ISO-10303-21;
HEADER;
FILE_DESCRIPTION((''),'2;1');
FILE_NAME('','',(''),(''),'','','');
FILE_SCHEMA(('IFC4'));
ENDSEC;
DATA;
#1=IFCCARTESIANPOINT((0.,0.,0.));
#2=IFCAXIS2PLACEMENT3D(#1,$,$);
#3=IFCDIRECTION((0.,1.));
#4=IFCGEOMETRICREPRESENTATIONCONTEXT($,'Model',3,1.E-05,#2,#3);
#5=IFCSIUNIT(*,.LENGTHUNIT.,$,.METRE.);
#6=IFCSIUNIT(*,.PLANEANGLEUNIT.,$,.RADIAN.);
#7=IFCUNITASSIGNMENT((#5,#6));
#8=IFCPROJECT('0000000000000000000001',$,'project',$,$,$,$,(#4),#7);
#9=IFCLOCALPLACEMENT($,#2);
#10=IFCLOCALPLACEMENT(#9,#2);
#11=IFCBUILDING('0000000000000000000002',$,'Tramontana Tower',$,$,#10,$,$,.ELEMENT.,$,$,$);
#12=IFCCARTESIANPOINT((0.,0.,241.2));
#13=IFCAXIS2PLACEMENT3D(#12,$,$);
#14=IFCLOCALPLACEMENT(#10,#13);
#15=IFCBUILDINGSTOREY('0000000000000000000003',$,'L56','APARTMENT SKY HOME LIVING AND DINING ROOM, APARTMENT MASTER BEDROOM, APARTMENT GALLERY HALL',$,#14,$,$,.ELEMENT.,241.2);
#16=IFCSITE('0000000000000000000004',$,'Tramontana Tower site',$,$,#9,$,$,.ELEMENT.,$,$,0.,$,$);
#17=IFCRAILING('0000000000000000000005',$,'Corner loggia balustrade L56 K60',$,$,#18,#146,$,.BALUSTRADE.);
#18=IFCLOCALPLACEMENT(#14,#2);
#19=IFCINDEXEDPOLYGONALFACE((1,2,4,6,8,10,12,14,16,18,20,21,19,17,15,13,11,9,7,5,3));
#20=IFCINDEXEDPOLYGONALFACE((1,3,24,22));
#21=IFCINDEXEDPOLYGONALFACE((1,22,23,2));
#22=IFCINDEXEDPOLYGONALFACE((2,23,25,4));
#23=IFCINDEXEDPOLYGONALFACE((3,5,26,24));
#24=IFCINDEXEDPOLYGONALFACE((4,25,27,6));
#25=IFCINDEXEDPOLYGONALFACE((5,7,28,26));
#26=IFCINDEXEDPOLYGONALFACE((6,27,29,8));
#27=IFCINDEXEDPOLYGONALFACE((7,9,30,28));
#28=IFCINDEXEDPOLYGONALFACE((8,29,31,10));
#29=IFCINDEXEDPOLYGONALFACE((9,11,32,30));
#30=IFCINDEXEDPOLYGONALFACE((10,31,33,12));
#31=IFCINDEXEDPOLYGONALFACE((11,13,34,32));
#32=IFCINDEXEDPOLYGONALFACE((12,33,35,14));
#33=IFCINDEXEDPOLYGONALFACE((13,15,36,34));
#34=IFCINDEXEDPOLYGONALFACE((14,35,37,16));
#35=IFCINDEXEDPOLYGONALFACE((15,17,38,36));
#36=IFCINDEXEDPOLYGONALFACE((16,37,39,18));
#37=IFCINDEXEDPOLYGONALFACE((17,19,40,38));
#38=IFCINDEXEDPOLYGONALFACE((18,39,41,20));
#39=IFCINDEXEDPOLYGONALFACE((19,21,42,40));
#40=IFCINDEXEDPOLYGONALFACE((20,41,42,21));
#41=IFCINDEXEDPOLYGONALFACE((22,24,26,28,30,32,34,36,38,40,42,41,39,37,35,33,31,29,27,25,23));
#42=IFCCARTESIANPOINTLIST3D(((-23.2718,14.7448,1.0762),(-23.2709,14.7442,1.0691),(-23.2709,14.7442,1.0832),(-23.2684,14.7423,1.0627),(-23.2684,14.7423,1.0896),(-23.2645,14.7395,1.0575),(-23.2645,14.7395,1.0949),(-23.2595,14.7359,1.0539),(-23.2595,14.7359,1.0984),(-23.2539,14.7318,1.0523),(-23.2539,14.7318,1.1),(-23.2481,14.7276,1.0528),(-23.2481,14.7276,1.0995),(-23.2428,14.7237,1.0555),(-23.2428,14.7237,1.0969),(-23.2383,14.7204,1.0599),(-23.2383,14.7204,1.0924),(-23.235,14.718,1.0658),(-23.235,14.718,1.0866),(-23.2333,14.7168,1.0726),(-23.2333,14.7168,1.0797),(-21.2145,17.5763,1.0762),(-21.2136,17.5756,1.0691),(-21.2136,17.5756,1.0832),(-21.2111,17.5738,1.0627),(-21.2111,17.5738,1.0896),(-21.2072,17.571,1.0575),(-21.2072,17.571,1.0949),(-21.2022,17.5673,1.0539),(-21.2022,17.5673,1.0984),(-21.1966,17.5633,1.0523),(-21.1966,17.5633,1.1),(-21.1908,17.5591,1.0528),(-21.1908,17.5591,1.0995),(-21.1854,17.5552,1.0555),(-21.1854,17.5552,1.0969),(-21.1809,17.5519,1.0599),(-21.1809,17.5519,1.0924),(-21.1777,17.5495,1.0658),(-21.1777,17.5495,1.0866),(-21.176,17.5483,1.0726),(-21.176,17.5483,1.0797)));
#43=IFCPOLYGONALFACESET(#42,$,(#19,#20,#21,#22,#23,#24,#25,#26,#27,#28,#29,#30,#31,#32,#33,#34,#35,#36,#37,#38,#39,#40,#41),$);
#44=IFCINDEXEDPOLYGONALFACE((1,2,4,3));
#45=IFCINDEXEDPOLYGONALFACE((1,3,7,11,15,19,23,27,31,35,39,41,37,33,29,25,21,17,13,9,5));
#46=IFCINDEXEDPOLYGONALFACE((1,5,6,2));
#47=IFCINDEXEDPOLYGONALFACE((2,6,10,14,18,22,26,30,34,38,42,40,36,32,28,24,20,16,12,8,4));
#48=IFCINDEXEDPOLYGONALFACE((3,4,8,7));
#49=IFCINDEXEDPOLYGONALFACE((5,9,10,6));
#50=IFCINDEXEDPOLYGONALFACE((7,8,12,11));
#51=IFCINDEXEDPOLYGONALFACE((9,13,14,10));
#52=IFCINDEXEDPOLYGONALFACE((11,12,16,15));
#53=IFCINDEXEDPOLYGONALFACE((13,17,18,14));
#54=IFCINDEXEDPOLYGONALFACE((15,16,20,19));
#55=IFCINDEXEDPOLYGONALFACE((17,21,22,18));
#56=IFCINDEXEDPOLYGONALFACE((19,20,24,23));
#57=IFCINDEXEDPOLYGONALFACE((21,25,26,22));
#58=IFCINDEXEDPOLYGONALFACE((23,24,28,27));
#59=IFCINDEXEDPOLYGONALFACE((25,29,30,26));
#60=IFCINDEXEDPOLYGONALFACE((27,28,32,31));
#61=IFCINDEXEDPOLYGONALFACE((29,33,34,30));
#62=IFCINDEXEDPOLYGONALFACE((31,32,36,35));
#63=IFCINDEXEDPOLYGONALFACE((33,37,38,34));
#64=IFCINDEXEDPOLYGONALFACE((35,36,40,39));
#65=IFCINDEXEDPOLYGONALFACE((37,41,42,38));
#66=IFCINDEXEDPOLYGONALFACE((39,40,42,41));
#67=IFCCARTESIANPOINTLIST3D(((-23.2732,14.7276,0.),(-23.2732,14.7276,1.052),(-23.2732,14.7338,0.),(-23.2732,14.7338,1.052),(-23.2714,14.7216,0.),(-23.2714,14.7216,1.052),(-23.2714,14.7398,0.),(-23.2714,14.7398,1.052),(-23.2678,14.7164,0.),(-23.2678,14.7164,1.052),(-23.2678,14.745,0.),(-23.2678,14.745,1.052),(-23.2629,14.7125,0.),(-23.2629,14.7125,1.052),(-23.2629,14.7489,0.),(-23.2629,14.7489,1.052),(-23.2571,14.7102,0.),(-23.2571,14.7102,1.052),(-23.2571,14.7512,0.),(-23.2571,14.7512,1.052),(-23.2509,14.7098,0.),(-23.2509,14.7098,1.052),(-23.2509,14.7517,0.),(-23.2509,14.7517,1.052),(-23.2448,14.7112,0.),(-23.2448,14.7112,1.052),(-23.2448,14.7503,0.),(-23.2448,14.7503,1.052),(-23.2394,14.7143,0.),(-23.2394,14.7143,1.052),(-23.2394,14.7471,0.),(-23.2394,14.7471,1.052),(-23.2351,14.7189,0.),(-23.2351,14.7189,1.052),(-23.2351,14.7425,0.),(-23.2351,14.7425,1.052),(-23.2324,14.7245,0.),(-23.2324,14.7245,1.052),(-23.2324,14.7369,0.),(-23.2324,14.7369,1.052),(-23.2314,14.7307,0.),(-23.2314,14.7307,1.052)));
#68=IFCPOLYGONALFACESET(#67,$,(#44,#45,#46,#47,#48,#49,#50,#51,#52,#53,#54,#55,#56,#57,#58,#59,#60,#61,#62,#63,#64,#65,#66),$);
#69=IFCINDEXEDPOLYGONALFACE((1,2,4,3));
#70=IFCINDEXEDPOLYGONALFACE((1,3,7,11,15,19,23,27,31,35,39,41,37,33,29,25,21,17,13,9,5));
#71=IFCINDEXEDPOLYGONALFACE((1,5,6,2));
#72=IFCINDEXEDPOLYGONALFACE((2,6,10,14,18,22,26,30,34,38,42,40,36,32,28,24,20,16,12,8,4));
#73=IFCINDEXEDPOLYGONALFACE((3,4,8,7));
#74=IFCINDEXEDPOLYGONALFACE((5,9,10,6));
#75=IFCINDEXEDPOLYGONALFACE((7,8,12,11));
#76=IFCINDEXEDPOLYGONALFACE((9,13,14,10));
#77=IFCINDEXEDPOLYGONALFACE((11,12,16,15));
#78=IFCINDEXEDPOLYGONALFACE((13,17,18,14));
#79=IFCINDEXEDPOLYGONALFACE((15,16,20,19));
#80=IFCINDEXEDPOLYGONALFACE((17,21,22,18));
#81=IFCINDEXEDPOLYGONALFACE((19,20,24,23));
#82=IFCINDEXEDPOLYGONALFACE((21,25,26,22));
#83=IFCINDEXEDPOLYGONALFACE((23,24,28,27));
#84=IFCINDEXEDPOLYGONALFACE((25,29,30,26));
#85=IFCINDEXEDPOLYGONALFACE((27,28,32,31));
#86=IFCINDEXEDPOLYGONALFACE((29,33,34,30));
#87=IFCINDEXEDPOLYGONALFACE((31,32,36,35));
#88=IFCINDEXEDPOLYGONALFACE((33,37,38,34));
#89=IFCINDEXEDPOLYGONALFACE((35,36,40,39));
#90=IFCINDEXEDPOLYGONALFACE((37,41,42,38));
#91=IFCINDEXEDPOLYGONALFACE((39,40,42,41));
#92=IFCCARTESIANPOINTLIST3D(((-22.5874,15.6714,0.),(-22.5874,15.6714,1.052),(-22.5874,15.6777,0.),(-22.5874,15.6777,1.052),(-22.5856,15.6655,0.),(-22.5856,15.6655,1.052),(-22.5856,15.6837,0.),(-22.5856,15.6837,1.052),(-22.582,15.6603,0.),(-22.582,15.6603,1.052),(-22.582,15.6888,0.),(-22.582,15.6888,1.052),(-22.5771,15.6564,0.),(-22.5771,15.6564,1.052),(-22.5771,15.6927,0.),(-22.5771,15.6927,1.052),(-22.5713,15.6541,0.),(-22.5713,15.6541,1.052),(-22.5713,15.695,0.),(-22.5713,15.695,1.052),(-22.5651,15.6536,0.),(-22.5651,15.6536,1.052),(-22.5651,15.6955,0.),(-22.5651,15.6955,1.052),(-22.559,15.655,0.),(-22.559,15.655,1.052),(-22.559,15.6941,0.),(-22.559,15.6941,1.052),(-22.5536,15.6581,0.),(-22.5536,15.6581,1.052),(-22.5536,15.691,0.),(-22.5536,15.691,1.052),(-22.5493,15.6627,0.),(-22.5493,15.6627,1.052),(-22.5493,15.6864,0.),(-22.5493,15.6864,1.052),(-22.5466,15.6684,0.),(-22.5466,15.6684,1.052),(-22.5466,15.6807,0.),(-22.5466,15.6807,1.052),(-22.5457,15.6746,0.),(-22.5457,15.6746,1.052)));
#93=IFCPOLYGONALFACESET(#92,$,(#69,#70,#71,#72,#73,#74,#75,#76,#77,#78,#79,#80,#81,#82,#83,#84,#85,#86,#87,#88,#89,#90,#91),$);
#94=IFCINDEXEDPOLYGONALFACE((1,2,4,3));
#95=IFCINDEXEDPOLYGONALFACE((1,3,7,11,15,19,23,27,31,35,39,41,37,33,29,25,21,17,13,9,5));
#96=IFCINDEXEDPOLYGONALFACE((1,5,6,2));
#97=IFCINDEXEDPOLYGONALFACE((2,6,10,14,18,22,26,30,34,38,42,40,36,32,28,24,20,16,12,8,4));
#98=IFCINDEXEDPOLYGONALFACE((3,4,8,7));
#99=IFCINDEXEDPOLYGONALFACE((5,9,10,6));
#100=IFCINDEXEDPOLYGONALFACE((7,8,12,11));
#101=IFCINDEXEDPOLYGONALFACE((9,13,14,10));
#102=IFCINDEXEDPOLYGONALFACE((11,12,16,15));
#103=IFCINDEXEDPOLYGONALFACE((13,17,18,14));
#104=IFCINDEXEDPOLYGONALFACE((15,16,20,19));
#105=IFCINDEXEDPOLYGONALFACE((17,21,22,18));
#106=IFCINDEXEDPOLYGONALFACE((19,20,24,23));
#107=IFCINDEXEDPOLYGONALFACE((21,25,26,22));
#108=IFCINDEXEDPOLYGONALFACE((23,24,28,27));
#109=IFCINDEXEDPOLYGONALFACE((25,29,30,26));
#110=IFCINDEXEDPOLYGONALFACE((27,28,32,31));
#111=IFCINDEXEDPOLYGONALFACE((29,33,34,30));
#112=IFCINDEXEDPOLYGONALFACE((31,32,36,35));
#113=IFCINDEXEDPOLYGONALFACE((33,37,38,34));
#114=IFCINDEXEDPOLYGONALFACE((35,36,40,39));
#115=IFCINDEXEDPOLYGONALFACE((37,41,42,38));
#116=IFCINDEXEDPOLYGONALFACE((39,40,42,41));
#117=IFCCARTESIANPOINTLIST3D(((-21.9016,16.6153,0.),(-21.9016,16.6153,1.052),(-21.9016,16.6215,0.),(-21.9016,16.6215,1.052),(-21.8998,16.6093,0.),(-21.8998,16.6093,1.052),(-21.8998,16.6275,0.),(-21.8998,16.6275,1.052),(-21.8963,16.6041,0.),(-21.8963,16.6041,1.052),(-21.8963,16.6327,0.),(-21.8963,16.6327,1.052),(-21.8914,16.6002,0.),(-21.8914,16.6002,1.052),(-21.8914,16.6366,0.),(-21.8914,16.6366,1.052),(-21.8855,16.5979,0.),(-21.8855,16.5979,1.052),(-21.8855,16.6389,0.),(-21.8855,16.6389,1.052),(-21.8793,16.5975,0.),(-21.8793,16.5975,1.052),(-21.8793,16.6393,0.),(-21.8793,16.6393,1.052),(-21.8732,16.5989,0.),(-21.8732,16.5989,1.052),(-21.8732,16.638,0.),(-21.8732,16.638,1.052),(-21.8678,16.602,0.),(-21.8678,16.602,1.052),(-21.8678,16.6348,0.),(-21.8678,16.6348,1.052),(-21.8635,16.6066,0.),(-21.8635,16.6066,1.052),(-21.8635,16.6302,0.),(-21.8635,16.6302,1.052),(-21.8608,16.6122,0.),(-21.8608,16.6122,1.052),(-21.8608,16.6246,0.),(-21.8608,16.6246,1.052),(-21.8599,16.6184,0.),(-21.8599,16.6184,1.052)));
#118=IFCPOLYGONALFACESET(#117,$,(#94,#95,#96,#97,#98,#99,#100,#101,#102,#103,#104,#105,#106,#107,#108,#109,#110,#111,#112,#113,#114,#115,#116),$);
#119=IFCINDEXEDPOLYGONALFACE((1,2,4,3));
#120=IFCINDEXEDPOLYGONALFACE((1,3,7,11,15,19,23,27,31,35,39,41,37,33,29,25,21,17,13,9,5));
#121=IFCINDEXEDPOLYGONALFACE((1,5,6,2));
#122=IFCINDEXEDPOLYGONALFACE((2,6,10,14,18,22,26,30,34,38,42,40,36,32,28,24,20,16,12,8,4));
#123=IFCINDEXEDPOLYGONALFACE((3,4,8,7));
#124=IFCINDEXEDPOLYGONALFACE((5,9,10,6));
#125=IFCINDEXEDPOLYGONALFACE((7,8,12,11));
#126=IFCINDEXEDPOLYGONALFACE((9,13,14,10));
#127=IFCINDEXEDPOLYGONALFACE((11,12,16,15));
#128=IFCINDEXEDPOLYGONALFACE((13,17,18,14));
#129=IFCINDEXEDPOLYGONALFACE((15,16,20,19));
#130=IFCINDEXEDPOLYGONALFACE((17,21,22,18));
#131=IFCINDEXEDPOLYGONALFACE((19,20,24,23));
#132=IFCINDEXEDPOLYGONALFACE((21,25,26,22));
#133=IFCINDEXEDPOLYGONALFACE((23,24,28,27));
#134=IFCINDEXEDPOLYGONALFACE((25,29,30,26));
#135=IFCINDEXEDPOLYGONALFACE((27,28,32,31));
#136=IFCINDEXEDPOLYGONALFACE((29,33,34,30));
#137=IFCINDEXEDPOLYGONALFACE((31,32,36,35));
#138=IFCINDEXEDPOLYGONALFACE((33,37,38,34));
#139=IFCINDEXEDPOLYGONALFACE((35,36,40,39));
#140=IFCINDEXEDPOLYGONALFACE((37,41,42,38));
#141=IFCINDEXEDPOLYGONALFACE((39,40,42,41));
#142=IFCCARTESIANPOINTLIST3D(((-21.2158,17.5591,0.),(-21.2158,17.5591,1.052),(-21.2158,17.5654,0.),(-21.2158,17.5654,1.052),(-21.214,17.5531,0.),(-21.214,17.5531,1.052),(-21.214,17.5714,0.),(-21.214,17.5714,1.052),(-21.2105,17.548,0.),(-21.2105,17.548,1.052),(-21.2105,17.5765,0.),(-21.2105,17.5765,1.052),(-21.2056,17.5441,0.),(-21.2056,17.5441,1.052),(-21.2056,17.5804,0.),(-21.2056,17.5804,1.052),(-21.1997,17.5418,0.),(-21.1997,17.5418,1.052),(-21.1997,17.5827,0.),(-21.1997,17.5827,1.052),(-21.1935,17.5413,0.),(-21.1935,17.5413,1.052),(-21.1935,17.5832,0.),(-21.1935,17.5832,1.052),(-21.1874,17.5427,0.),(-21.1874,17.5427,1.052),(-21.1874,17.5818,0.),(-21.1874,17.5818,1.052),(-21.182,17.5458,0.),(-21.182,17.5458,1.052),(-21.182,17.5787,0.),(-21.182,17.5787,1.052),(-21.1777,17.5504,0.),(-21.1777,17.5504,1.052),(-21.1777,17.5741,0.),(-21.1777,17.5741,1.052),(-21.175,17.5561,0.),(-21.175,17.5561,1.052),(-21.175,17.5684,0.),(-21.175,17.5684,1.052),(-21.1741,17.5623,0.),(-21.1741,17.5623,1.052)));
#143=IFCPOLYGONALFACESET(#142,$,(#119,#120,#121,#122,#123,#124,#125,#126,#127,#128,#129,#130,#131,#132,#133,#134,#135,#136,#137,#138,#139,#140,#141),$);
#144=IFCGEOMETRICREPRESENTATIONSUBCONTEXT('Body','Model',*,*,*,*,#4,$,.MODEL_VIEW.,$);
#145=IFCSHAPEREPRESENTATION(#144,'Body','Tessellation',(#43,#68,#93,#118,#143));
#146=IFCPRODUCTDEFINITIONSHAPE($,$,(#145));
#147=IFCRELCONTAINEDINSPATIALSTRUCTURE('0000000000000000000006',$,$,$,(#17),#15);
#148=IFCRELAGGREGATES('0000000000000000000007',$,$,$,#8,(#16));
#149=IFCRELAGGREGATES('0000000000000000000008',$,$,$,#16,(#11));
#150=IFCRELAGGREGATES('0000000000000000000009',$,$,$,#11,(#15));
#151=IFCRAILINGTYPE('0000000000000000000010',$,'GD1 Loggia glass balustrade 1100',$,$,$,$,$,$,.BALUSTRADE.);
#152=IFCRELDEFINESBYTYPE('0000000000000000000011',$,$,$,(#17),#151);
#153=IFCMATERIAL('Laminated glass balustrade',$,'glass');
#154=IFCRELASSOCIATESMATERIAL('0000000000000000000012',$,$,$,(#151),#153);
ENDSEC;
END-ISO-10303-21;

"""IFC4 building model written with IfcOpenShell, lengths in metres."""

from ifc_helpers import new_model, si_unit, direction, frame, origin, origin_2d, place, context, subcontext, project, spatial, circle, extrude, material, type_object, element, save


model = new_model("IFC4")

# Units and contexts
model_context = context("Model", 3, precision=1e-05, world=origin(), true_north=direction((0.0, 1.0)))
body_context = subcontext(model_context, "Body", "Model", "MODEL_VIEW")
ifc_project = project(units=[si_unit("LENGTHUNIT", "METRE"), si_unit("PLANEANGLEUNIT", "RADIAN")], contexts=[model_context])

# Site, building, storey
site_placement = place(None, origin())
site = spatial("IfcSite", under=ifc_project, at=site_placement, Name="Tramontana Tower site", CompositionType="ELEMENT", RefElevation=0.0)
building_placement = place(site_placement, origin())
building = spatial("IfcBuilding", under=site, at=building_placement, Name="Tramontana Tower", CompositionType="ELEMENT")
storey_placement = place(building_placement, frame((0.0, 0.0, 241.2)))
storey = spatial("IfcBuildingStorey", under=building, at=storey_placement, Name="L56", Description="APARTMENT SKY HOME LIVING AND DINING ROOM, APARTMENT MASTER BEDROOM, APARTMENT GALLERY HALL", CompositionType="ELEMENT", Elevation=241.2)

# Railing
ifc_material_1 = material(Name="Laminated glass balustrade", Category="glass")
railing_type = type_object("IfcRailingType", Name="GD1 Loggia glass balustrade 1100", PredefinedType="BALUSTRADE", material=ifc_material_1)
railing_1_placement = place(storey_placement, frame((-23.2524, 14.7307, 0.0)))
element("IfcRailing", 1, at=railing_1_placement, inside=storey, type_object=railing_type, Name="Corner loggia balustrade L56 K60", PredefinedType="BALUSTRADE", context=body_context, shape_type="SweptSolid", body=[
    extrude(circle(Radius=0.0239, at=origin_2d()), frame((0.0, 0.0, 1.0762), z_axis=(0.587811, 0.808998, 0.0), x_axis=(-0.808998, 0.587811, 0.0)), (0.0, 0.0, 1.0), 3.5),
    extrude(circle(Radius=0.021, at=origin_2d()), origin(), (0.0, 0.0, 1.0), 1.052),
    extrude(circle(Radius=0.021, at=origin_2d()), frame((0.6858, 0.9438, 0.0)), (0.0, 0.0, 1.0), 1.052),
    extrude(circle(Radius=0.021, at=origin_2d()), frame((1.3716, 1.8877, 0.0)), (0.0, 0.0, 1.0), 1.052),
    extrude(circle(Radius=0.021, at=origin_2d()), frame((2.0574, 2.8315, 0.0)), (0.0, 0.0, 1.0), 1.052),
])

save(model, "model.ifc")
